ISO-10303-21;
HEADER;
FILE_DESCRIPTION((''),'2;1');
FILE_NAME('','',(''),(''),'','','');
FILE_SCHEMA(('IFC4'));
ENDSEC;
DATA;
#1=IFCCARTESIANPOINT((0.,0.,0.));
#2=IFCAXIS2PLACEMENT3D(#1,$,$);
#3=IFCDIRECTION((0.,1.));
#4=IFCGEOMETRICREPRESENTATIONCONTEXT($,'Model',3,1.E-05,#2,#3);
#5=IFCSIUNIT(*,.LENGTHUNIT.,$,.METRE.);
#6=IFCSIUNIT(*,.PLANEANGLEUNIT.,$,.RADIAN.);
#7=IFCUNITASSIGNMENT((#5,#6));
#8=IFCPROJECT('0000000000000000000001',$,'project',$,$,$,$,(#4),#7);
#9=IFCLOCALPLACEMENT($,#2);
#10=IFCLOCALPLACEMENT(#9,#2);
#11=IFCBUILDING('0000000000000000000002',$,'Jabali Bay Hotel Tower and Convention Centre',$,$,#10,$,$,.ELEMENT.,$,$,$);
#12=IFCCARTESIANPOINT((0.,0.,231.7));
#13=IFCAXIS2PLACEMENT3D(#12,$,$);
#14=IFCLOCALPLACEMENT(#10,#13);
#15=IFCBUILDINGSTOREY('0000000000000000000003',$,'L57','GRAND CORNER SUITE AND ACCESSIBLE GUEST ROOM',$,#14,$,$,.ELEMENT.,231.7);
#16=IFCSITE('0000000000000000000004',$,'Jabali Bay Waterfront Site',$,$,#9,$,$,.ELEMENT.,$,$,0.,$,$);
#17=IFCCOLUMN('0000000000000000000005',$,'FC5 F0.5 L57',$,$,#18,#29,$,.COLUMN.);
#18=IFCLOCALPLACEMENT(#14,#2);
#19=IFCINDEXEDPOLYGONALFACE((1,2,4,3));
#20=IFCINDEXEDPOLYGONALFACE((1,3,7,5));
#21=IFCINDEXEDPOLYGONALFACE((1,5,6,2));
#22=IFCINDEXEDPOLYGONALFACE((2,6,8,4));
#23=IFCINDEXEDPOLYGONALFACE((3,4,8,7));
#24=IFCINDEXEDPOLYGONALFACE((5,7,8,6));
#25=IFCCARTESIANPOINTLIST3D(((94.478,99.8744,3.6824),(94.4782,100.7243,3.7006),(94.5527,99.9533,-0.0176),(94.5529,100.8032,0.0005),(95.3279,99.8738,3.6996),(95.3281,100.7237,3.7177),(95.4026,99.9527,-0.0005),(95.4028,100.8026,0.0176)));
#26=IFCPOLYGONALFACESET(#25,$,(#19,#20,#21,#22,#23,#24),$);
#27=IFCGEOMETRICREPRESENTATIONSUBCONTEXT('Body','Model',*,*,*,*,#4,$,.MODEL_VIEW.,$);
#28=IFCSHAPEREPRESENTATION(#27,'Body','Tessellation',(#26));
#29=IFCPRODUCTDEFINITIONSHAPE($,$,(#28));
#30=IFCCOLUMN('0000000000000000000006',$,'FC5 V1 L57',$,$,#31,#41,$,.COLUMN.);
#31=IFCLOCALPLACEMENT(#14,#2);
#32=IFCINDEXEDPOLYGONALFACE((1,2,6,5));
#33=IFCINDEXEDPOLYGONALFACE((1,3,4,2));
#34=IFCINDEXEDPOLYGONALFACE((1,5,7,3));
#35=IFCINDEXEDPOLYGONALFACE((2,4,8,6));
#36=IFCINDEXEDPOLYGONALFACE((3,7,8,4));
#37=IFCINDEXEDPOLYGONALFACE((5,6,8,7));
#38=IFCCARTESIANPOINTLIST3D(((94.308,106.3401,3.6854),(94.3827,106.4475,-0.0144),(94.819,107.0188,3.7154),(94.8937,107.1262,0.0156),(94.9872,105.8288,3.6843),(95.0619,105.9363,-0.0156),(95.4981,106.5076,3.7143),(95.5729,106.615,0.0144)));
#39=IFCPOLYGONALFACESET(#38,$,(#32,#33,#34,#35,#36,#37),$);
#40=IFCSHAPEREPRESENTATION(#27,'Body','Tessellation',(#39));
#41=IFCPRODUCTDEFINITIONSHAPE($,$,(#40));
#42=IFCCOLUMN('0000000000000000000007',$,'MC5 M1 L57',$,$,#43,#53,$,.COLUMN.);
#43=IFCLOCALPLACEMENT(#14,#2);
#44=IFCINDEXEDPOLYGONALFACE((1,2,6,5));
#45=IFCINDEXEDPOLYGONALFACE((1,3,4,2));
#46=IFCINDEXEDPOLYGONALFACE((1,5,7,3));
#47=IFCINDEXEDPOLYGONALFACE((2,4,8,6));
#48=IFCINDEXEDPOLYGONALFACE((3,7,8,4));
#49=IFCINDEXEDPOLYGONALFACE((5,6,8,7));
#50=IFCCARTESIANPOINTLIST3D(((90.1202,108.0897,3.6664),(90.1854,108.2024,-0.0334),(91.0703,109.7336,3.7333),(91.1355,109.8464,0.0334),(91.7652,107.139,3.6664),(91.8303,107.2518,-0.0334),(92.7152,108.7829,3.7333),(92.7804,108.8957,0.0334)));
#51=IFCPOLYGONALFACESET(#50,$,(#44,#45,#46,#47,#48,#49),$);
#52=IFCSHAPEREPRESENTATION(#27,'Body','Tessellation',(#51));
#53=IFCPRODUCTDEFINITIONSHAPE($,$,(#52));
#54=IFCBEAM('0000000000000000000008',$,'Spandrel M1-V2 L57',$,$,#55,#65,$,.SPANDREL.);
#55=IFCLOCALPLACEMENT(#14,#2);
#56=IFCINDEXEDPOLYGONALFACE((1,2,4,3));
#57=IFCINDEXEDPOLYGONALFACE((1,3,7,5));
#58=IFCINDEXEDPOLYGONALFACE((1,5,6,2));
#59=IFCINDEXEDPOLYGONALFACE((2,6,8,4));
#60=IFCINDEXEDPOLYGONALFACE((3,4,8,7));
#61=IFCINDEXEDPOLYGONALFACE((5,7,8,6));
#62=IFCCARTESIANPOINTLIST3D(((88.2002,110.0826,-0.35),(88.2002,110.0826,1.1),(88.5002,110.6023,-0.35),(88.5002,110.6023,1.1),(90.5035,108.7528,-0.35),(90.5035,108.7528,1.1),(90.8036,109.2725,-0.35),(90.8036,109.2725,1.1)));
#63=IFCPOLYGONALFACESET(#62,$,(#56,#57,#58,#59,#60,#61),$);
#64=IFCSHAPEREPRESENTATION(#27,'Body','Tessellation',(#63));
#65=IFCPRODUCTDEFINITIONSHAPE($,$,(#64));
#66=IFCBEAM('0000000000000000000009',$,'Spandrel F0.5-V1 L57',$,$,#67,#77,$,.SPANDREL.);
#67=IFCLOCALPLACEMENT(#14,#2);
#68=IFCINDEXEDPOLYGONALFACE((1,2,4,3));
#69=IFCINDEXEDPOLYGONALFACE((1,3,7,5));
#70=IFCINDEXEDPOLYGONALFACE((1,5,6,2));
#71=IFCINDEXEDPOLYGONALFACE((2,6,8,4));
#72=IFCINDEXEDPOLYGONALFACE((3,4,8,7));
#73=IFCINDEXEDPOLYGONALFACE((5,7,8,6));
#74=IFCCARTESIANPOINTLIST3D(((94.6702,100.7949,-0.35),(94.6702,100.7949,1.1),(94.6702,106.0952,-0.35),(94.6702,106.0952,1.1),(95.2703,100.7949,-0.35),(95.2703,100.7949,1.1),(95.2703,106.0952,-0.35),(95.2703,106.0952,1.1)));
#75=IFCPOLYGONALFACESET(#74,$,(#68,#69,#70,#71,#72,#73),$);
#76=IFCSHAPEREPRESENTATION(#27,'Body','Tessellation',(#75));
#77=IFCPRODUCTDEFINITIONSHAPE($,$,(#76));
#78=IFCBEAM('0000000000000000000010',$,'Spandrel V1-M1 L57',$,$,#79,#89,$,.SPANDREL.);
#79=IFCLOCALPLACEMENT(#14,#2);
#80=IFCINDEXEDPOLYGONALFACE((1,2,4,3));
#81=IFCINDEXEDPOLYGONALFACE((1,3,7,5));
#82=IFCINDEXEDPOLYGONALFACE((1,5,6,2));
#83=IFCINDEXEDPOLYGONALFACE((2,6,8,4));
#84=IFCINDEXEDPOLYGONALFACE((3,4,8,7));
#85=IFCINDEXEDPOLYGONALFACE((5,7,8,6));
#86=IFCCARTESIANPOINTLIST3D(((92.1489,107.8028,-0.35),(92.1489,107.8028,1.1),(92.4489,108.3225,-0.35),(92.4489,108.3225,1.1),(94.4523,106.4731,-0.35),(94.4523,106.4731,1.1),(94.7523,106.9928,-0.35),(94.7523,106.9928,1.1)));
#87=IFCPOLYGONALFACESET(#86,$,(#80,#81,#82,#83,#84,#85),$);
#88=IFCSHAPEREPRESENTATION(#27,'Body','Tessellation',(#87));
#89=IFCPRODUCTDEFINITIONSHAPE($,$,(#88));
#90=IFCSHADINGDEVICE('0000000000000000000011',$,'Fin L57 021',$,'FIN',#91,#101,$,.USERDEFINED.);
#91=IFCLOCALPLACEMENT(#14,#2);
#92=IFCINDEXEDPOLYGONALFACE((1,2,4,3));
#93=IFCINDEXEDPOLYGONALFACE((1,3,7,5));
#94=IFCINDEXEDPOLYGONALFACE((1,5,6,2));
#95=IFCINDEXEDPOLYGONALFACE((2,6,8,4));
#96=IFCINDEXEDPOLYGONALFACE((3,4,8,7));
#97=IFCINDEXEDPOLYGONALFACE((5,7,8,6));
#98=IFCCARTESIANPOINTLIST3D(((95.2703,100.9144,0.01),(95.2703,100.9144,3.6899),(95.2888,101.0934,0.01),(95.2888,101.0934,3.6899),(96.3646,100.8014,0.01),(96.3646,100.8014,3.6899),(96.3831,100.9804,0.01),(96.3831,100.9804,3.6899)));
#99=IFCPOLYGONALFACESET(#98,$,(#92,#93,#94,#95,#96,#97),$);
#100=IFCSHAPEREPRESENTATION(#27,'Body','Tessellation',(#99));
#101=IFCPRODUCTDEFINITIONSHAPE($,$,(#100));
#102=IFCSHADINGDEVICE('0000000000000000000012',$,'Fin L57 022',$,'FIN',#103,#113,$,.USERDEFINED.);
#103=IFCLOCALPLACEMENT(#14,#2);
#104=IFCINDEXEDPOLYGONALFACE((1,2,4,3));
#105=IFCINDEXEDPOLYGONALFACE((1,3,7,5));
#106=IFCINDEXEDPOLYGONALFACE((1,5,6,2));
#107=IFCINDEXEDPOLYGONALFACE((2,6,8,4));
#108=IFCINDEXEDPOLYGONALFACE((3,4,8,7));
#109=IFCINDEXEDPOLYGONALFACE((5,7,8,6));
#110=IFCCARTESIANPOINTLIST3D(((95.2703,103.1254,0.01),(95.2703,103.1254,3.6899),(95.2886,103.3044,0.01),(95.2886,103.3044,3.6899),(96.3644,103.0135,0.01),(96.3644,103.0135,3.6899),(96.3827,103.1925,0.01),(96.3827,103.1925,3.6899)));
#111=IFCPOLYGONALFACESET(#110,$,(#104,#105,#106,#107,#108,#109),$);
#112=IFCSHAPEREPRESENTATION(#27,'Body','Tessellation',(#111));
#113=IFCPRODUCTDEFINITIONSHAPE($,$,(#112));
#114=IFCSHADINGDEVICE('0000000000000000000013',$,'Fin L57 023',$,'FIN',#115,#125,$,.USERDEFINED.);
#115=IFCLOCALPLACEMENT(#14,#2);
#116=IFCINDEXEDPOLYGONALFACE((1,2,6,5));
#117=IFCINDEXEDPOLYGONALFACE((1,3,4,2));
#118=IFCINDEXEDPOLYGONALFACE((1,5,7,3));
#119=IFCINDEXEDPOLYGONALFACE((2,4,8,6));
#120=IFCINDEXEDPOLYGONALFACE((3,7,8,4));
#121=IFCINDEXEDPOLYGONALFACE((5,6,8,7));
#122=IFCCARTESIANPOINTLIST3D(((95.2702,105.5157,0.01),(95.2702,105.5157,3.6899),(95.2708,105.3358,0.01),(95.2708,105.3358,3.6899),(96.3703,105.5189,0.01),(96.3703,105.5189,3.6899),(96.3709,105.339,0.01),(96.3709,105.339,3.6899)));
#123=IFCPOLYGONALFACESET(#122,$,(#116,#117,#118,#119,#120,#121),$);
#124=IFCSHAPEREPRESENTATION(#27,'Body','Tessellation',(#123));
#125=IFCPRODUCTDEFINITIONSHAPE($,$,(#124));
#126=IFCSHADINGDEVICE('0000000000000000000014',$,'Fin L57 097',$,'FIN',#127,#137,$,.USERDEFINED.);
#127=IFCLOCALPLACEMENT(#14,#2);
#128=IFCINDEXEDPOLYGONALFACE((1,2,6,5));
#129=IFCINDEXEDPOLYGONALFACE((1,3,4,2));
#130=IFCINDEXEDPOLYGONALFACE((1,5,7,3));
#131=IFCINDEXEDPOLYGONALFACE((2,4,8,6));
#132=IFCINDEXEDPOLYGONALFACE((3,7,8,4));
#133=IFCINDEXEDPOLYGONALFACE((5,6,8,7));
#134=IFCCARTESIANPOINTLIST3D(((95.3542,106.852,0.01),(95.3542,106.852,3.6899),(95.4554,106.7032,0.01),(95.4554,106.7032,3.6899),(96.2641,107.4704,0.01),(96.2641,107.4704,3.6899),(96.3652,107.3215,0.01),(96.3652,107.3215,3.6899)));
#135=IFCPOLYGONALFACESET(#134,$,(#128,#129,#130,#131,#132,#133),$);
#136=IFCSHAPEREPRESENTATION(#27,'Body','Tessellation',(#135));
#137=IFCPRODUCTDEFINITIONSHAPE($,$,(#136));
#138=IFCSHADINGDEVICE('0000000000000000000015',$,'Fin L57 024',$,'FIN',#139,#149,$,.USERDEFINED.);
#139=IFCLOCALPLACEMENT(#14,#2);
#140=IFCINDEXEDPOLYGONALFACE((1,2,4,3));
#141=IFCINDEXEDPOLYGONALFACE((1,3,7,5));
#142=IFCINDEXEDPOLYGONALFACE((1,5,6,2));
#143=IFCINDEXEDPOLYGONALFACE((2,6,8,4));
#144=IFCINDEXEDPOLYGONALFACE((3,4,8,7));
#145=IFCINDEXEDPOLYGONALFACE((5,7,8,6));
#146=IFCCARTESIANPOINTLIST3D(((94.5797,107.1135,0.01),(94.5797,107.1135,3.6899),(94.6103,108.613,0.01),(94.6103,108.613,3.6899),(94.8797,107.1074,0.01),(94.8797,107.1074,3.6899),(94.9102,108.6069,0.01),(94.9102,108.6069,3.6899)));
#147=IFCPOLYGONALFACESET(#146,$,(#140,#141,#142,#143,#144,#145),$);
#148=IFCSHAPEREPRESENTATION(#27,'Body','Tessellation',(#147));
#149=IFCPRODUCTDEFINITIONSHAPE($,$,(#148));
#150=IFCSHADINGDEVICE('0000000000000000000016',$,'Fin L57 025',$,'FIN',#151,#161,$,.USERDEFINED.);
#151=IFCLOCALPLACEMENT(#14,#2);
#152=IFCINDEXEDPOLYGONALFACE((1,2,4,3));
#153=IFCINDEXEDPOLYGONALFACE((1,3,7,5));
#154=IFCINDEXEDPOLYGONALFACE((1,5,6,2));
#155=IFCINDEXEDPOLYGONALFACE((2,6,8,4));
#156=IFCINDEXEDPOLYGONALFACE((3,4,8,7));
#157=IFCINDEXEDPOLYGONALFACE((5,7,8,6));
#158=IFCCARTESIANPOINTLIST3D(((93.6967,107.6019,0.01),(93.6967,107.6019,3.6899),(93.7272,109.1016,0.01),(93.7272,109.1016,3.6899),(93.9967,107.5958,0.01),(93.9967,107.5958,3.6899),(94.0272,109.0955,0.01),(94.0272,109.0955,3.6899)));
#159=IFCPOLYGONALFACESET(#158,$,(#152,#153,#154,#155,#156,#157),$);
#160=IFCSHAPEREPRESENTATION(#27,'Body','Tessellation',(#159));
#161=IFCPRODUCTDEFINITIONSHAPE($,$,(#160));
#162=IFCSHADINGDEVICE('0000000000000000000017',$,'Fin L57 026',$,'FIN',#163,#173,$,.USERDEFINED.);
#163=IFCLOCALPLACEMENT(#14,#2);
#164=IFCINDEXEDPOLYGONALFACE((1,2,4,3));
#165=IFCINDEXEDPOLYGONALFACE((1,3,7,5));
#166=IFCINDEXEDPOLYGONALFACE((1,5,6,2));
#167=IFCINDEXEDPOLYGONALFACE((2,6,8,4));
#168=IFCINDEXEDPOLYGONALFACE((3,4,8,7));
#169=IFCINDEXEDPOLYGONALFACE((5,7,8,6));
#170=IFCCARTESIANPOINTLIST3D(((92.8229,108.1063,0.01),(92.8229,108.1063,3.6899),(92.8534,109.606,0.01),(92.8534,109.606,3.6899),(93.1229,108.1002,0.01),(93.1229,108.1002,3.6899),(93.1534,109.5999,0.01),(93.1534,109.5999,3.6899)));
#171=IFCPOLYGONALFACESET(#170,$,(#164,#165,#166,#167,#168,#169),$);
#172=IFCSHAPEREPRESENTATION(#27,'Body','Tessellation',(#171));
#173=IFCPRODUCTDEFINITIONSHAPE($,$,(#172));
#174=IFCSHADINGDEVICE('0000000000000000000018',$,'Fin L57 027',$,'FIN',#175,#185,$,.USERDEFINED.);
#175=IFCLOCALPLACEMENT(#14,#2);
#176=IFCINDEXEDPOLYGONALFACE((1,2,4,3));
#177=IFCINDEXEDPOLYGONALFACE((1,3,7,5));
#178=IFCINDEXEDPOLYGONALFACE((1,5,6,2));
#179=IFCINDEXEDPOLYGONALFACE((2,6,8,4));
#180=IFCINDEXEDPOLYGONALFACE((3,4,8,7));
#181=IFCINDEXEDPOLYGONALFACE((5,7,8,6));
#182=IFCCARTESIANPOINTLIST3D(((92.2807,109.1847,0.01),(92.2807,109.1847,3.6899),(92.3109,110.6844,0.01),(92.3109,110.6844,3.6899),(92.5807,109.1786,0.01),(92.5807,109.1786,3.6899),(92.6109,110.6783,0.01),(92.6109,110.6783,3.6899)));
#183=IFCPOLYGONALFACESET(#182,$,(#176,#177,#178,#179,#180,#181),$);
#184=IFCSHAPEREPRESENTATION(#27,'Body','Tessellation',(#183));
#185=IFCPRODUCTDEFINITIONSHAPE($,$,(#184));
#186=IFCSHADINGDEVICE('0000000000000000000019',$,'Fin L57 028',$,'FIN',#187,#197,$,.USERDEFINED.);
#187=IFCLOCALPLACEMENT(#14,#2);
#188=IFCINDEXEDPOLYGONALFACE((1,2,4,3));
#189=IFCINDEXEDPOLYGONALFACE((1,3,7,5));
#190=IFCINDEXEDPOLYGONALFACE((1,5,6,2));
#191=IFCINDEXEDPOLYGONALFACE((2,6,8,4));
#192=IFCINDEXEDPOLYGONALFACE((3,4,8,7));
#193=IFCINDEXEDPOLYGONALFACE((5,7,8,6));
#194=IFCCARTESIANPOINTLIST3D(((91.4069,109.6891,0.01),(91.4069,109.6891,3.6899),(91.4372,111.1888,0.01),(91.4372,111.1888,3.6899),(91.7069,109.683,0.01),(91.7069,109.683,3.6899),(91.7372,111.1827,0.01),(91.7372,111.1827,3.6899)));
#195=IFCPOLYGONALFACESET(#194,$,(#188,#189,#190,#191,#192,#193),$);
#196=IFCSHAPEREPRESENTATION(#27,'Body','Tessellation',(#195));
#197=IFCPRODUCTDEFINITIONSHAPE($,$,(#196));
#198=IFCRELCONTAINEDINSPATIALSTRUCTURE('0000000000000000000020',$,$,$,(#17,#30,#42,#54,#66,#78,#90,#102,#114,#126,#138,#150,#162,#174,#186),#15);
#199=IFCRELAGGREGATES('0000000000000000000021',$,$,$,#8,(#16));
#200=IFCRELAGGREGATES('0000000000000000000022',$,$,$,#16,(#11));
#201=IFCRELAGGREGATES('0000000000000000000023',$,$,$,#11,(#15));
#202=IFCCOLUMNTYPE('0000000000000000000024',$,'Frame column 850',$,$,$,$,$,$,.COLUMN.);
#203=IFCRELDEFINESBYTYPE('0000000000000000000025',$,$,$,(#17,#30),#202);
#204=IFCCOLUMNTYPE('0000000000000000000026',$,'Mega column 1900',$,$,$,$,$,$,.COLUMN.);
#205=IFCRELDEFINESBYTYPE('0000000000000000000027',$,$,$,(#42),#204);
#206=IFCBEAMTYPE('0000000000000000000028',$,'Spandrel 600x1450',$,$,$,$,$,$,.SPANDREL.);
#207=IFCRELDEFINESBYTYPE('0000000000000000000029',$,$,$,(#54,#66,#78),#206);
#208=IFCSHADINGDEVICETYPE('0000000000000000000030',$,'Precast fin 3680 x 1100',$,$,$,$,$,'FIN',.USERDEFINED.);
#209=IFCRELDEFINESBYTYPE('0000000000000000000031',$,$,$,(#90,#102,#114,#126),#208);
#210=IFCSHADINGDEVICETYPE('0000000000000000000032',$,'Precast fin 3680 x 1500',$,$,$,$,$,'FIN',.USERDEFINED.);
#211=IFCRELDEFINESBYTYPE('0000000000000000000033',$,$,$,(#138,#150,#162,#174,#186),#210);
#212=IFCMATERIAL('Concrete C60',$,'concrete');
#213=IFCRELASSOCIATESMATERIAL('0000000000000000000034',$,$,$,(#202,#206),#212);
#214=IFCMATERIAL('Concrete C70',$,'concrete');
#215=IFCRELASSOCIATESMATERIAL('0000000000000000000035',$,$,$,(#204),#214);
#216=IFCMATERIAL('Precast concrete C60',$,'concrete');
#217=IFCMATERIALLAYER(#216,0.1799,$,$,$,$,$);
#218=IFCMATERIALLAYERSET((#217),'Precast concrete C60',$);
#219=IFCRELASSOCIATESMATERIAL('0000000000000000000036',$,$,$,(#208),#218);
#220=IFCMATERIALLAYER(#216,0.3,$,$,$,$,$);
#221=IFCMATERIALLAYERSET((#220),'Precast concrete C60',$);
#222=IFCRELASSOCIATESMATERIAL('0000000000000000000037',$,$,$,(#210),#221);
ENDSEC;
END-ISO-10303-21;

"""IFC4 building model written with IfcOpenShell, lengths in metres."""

from ifc_helpers import new_model, si_unit, direction, frame, frame_2d, origin, origin_2d, place, context, subcontext, project, spatial, rectangle, extrude, material, layer, layer_set, material_profile, profile_set, type_object, element, save


model = new_model("IFC4")

# Units and contexts
model_context = context("Model", 3, precision=1e-05, world=origin(), true_north=direction((0.0, 1.0)))
body_context = subcontext(model_context, "Body", "Model", "MODEL_VIEW")
ifc_project = project(units=[si_unit("LENGTHUNIT", "METRE"), si_unit("PLANEANGLEUNIT", "RADIAN")], contexts=[model_context])

# Site, building, storey
site_placement = place(None, origin())
site = spatial("IfcSite", under=ifc_project, at=site_placement, Name="Jabali Bay Waterfront Site", CompositionType="ELEMENT", RefElevation=0.0)
building_placement = place(site_placement, origin())
building = spatial("IfcBuilding", under=site, at=building_placement, Name="Jabali Bay Hotel Tower and Convention Centre", CompositionType="ELEMENT")
storey_placement = place(building_placement, frame((0.0, 0.0, 231.7)))
storey = spatial("IfcBuildingStorey", under=building, at=storey_placement, Name="L57", Description="GRAND CORNER SUITE AND ACCESSIBLE GUEST ROOM", CompositionType="ELEMENT", Elevation=231.7)

# Columns
ifc_material_1 = material(Name="Concrete C60", Category="concrete")
ifc_material_profile_1 = material_profile(ifc_material_1, rectangle(XDim=0.8501, YDim=0.8501, at=origin_2d()), Name="Frame column 850")
ifc_profile_set_1 = profile_set([ifc_material_profile_1], Name="Concrete C60")
column_type_1 = type_object("IfcColumnType", Name="Frame column 850", PredefinedType="COLUMN", material=ifc_profile_set_1)
column_1_placement = place(storey_placement, frame((94.9778, 100.3779, 0.0), z_axis=(-0.020183, -0.021304, 0.999569), x_axis=(0.999796, -0.000658, 0.020173)))
element("IfcColumn", 1, at=column_1_placement, inside=storey, type_object=column_type_1, Name="FC5 F0.5 L57", PredefinedType="COLUMN", context=body_context, shape_type="SweptSolid", body=[
    extrude(rectangle(XDim=0.8501, YDim=0.8501, at=origin_2d()), origin(), (0.0, 0.0, 1.0), 3.7017),
])
column_2_placement = place(storey_placement, frame((94.9778, 106.5312, 0.0), z_axis=(-0.020179, -0.029015, 0.999375), x_axis=(0.601051, 0.79843, 0.035317)))
element("IfcColumn", 2, at=column_2_placement, inside=storey, type_object=column_type_1, Name="FC5 V1 L57", PredefinedType="COLUMN", context=body_context, shape_type="SweptSolid", body=[
    extrude(rectangle(XDim=0.8501, YDim=0.8501, at=origin_2d()), origin(), (0.0, 0.0, 1.0), 3.7021),
])
ifc_material_2 = material(Name="Concrete C70", Category="concrete")
ifc_material_profile_2 = material_profile(ifc_material_2, rectangle(XDim=1.8999, YDim=1.8999, at=origin_2d()), Name="Mega column 1900")
ifc_profile_set_2 = profile_set([ifc_material_profile_2], Name="Concrete C70")
column_type_2 = type_object("IfcColumnType", Name="Mega column 1900", PredefinedType="COLUMN", material=ifc_profile_set_2)
column_3_placement = place(storey_placement, frame((91.4829, 108.5491, 0.0), z_axis=(-0.017607, -0.030466, 0.999381), x_axis=(0.500067, 0.865271, 0.035188)))
element("IfcColumn", 3, at=column_3_placement, inside=storey, type_object=column_type_2, Name="MC5 M1 L57", PredefinedType="COLUMN", context=body_context, shape_type="SweptSolid", body=[
    extrude(rectangle(XDim=1.8999, YDim=1.8999, at=origin_2d()), origin(), (0.0, 0.0, 1.0), 3.7021),
])

# Beams
ifc_material_profile_3 = material_profile(ifc_material_1, rectangle(XDim=0.6001, YDim=1.45, at=origin_2d()), Name="Spandrel 600x1450")
ifc_profile_set_3 = profile_set([ifc_material_profile_3], Name="Concrete C60")
beam_type = type_object("IfcBeamType", Name="Spandrel 600x1450", PredefinedType="SPANDREL", material=ifc_profile_set_3)
beam_1_placement = place(storey_placement, frame((90.6536, 109.0127, 0.375), z_axis=(-0.866037, 0.499979, 0.0), x_axis=(-0.499979, -0.866037, 0.0)))
element("IfcBeam", 4, at=beam_1_placement, inside=storey, type_object=beam_type, Name="Spandrel M1-V2 L57", PredefinedType="SPANDREL", context=body_context, shape_type="SweptSolid", body=[
    extrude(rectangle(XDim=0.6001, YDim=1.45, at=origin_2d()), origin(), (0.0, 0.0, 1.0), 2.6597),
])
beam_2_placement = place(storey_placement, frame((94.9702, 100.7949, 0.375), z_axis=(0.0, 1.0, 0.0), x_axis=(-1.0, 0.0, 0.0)))
element("IfcBeam", 5, at=beam_2_placement, inside=storey, type_object=beam_type, Name="Spandrel F0.5-V1 L57", PredefinedType="SPANDREL", context=body_context, shape_type="SweptSolid", body=[
    extrude(rectangle(XDim=0.6001, YDim=1.45, at=origin_2d()), origin(), (0.0, 0.0, 1.0), 5.3003),
])
beam_3_placement = place(storey_placement, frame((94.6023, 106.7329, 0.375), z_axis=(-0.866037, 0.499979, 0.0), x_axis=(-0.499979, -0.866037, 0.0)))
element("IfcBeam", 6, at=beam_3_placement, inside=storey, type_object=beam_type, Name="Spandrel V1-M1 L57", PredefinedType="SPANDREL", context=body_context, shape_type="SweptSolid", body=[
    extrude(rectangle(XDim=0.6001, YDim=1.45, at=origin_2d()), origin(), (0.0, 0.0, 1.0), 2.6597),
])

# Shading devices
ifc_material_3 = material(Name="Precast concrete C60", Category="concrete")
ifc_layer_1 = layer(ifc_material_3, 0.1799)
ifc_layer_set_1 = layer_set([ifc_layer_1], Name="Precast concrete C60")
shading_device_type_1 = type_object("IfcShadingDeviceType", Name="Precast fin 3680 x 1100", ElementType="FIN", PredefinedType="USERDEFINED", material=ifc_layer_set_1)
shading_device_1_placement = place(storey_placement, frame((95.2795, 101.0039, 0.01), z_axis=(0.0, 0.0, 1.0), x_axis=(0.994707, -0.102755, 0.0)))
element("IfcShadingDevice", 7, at=shading_device_1_placement, inside=storey, type_object=shading_device_type_1, Name="Fin L57 021", ObjectType="FIN", PredefinedType="USERDEFINED", context=body_context, shape_type="SweptSolid", body=[
    extrude(rectangle(XDim=1.1001, YDim=0.1799, at=frame_2d((0.55, 0.0))), origin(), (0.0, 0.0, 1.0), 3.6799),
])
shading_device_2_placement = place(storey_placement, frame((95.2795, 103.2148, 0.01), z_axis=(0.0, 0.0, 1.0), x_axis=(0.994819, -0.101657, 0.0)))
element("IfcShadingDevice", 8, at=shading_device_2_placement, inside=storey, type_object=shading_device_type_1, Name="Fin L57 022", ObjectType="FIN", PredefinedType="USERDEFINED", context=body_context, shape_type="SweptSolid", body=[
    extrude(rectangle(XDim=1.0999, YDim=0.1799, at=frame_2d((0.5498, 0.0))), origin(), (0.0, 0.0, 1.0), 3.6799),
])
for number, where, z_axis, x_axis, name in (
    (9, (95.2705, 105.4258, 0.01), (0.0, 0.0, 1.0), (0.999996, 0.002885, 0.0), "Fin L57 023"),
    (10, (95.4048, 106.7776, 0.01), (0.0, 0.0, 1.0), (0.827067, 0.562104, 0.0), "Fin L57 097"),
):
    element("IfcShadingDevice", number, at=place(storey_placement, frame(where, z_axis=z_axis, x_axis=x_axis)), inside=storey, type_object=shading_device_type_1, Name=name, ObjectType="FIN", PredefinedType="USERDEFINED", context=body_context, shape_type="SweptSolid", body=[
        extrude(rectangle(XDim=1.1001, YDim=0.1799, at=frame_2d((0.55, 0.0))), origin(), (0.0, 0.0, 1.0), 3.6799),
    ])
ifc_layer_2 = layer(ifc_material_3, 0.3)
ifc_layer_set_2 = layer_set([ifc_layer_2], Name="Precast concrete C60")
shading_device_type_2 = type_object("IfcShadingDeviceType", Name="Precast fin 3680 x 1500", ElementType="FIN", PredefinedType="USERDEFINED", material=ifc_layer_set_2)
shading_device_3_placement = place(storey_placement, frame((94.7297, 107.1104, 0.01), z_axis=(0.0, 0.0, 1.0), x_axis=(0.020347, 0.999793, 0.0)))
element("IfcShadingDevice", 11, at=shading_device_3_placement, inside=storey, type_object=shading_device_type_2, Name="Fin L57 024", ObjectType="FIN", PredefinedType="USERDEFINED", context=body_context, shape_type="SweptSolid", body=[
    extrude(rectangle(XDim=1.4998, YDim=0.3, at=frame_2d((0.75, 0.0))), origin(), (0.0, 0.0, 1.0), 3.6799),
])
for number, where, z_axis, x_axis, name in (
    (12, (93.8467, 107.5989, 0.01), (0.0, 0.0, 1.0), (0.020344, 0.999793, 0.0), "Fin L57 025"),
    (13, (92.9729, 108.1033, 0.01), (0.0, 0.0, 1.0), (0.020344, 0.999793, 0.0), "Fin L57 026"),
    (14, (92.4307, 109.1816, 0.01), (0.0, 0.0, 1.0), (0.020181, 0.999796, 0.0), "Fin L57 027"),
    (15, (91.5569, 109.686, 0.01), (0.0, 0.0, 1.0), (0.020181, 0.999796, 0.0), "Fin L57 028"),
):
    element("IfcShadingDevice", number, at=place(storey_placement, frame(where, z_axis=z_axis, x_axis=x_axis)), inside=storey, type_object=shading_device_type_2, Name=name, ObjectType="FIN", PredefinedType="USERDEFINED", context=body_context, shape_type="SweptSolid", body=[
        extrude(rectangle(XDim=1.5, YDim=0.3, at=frame_2d((0.75, 0.0))), origin(), (0.0, 0.0, 1.0), 3.6799),
    ])

save(model, "model.ifc")
